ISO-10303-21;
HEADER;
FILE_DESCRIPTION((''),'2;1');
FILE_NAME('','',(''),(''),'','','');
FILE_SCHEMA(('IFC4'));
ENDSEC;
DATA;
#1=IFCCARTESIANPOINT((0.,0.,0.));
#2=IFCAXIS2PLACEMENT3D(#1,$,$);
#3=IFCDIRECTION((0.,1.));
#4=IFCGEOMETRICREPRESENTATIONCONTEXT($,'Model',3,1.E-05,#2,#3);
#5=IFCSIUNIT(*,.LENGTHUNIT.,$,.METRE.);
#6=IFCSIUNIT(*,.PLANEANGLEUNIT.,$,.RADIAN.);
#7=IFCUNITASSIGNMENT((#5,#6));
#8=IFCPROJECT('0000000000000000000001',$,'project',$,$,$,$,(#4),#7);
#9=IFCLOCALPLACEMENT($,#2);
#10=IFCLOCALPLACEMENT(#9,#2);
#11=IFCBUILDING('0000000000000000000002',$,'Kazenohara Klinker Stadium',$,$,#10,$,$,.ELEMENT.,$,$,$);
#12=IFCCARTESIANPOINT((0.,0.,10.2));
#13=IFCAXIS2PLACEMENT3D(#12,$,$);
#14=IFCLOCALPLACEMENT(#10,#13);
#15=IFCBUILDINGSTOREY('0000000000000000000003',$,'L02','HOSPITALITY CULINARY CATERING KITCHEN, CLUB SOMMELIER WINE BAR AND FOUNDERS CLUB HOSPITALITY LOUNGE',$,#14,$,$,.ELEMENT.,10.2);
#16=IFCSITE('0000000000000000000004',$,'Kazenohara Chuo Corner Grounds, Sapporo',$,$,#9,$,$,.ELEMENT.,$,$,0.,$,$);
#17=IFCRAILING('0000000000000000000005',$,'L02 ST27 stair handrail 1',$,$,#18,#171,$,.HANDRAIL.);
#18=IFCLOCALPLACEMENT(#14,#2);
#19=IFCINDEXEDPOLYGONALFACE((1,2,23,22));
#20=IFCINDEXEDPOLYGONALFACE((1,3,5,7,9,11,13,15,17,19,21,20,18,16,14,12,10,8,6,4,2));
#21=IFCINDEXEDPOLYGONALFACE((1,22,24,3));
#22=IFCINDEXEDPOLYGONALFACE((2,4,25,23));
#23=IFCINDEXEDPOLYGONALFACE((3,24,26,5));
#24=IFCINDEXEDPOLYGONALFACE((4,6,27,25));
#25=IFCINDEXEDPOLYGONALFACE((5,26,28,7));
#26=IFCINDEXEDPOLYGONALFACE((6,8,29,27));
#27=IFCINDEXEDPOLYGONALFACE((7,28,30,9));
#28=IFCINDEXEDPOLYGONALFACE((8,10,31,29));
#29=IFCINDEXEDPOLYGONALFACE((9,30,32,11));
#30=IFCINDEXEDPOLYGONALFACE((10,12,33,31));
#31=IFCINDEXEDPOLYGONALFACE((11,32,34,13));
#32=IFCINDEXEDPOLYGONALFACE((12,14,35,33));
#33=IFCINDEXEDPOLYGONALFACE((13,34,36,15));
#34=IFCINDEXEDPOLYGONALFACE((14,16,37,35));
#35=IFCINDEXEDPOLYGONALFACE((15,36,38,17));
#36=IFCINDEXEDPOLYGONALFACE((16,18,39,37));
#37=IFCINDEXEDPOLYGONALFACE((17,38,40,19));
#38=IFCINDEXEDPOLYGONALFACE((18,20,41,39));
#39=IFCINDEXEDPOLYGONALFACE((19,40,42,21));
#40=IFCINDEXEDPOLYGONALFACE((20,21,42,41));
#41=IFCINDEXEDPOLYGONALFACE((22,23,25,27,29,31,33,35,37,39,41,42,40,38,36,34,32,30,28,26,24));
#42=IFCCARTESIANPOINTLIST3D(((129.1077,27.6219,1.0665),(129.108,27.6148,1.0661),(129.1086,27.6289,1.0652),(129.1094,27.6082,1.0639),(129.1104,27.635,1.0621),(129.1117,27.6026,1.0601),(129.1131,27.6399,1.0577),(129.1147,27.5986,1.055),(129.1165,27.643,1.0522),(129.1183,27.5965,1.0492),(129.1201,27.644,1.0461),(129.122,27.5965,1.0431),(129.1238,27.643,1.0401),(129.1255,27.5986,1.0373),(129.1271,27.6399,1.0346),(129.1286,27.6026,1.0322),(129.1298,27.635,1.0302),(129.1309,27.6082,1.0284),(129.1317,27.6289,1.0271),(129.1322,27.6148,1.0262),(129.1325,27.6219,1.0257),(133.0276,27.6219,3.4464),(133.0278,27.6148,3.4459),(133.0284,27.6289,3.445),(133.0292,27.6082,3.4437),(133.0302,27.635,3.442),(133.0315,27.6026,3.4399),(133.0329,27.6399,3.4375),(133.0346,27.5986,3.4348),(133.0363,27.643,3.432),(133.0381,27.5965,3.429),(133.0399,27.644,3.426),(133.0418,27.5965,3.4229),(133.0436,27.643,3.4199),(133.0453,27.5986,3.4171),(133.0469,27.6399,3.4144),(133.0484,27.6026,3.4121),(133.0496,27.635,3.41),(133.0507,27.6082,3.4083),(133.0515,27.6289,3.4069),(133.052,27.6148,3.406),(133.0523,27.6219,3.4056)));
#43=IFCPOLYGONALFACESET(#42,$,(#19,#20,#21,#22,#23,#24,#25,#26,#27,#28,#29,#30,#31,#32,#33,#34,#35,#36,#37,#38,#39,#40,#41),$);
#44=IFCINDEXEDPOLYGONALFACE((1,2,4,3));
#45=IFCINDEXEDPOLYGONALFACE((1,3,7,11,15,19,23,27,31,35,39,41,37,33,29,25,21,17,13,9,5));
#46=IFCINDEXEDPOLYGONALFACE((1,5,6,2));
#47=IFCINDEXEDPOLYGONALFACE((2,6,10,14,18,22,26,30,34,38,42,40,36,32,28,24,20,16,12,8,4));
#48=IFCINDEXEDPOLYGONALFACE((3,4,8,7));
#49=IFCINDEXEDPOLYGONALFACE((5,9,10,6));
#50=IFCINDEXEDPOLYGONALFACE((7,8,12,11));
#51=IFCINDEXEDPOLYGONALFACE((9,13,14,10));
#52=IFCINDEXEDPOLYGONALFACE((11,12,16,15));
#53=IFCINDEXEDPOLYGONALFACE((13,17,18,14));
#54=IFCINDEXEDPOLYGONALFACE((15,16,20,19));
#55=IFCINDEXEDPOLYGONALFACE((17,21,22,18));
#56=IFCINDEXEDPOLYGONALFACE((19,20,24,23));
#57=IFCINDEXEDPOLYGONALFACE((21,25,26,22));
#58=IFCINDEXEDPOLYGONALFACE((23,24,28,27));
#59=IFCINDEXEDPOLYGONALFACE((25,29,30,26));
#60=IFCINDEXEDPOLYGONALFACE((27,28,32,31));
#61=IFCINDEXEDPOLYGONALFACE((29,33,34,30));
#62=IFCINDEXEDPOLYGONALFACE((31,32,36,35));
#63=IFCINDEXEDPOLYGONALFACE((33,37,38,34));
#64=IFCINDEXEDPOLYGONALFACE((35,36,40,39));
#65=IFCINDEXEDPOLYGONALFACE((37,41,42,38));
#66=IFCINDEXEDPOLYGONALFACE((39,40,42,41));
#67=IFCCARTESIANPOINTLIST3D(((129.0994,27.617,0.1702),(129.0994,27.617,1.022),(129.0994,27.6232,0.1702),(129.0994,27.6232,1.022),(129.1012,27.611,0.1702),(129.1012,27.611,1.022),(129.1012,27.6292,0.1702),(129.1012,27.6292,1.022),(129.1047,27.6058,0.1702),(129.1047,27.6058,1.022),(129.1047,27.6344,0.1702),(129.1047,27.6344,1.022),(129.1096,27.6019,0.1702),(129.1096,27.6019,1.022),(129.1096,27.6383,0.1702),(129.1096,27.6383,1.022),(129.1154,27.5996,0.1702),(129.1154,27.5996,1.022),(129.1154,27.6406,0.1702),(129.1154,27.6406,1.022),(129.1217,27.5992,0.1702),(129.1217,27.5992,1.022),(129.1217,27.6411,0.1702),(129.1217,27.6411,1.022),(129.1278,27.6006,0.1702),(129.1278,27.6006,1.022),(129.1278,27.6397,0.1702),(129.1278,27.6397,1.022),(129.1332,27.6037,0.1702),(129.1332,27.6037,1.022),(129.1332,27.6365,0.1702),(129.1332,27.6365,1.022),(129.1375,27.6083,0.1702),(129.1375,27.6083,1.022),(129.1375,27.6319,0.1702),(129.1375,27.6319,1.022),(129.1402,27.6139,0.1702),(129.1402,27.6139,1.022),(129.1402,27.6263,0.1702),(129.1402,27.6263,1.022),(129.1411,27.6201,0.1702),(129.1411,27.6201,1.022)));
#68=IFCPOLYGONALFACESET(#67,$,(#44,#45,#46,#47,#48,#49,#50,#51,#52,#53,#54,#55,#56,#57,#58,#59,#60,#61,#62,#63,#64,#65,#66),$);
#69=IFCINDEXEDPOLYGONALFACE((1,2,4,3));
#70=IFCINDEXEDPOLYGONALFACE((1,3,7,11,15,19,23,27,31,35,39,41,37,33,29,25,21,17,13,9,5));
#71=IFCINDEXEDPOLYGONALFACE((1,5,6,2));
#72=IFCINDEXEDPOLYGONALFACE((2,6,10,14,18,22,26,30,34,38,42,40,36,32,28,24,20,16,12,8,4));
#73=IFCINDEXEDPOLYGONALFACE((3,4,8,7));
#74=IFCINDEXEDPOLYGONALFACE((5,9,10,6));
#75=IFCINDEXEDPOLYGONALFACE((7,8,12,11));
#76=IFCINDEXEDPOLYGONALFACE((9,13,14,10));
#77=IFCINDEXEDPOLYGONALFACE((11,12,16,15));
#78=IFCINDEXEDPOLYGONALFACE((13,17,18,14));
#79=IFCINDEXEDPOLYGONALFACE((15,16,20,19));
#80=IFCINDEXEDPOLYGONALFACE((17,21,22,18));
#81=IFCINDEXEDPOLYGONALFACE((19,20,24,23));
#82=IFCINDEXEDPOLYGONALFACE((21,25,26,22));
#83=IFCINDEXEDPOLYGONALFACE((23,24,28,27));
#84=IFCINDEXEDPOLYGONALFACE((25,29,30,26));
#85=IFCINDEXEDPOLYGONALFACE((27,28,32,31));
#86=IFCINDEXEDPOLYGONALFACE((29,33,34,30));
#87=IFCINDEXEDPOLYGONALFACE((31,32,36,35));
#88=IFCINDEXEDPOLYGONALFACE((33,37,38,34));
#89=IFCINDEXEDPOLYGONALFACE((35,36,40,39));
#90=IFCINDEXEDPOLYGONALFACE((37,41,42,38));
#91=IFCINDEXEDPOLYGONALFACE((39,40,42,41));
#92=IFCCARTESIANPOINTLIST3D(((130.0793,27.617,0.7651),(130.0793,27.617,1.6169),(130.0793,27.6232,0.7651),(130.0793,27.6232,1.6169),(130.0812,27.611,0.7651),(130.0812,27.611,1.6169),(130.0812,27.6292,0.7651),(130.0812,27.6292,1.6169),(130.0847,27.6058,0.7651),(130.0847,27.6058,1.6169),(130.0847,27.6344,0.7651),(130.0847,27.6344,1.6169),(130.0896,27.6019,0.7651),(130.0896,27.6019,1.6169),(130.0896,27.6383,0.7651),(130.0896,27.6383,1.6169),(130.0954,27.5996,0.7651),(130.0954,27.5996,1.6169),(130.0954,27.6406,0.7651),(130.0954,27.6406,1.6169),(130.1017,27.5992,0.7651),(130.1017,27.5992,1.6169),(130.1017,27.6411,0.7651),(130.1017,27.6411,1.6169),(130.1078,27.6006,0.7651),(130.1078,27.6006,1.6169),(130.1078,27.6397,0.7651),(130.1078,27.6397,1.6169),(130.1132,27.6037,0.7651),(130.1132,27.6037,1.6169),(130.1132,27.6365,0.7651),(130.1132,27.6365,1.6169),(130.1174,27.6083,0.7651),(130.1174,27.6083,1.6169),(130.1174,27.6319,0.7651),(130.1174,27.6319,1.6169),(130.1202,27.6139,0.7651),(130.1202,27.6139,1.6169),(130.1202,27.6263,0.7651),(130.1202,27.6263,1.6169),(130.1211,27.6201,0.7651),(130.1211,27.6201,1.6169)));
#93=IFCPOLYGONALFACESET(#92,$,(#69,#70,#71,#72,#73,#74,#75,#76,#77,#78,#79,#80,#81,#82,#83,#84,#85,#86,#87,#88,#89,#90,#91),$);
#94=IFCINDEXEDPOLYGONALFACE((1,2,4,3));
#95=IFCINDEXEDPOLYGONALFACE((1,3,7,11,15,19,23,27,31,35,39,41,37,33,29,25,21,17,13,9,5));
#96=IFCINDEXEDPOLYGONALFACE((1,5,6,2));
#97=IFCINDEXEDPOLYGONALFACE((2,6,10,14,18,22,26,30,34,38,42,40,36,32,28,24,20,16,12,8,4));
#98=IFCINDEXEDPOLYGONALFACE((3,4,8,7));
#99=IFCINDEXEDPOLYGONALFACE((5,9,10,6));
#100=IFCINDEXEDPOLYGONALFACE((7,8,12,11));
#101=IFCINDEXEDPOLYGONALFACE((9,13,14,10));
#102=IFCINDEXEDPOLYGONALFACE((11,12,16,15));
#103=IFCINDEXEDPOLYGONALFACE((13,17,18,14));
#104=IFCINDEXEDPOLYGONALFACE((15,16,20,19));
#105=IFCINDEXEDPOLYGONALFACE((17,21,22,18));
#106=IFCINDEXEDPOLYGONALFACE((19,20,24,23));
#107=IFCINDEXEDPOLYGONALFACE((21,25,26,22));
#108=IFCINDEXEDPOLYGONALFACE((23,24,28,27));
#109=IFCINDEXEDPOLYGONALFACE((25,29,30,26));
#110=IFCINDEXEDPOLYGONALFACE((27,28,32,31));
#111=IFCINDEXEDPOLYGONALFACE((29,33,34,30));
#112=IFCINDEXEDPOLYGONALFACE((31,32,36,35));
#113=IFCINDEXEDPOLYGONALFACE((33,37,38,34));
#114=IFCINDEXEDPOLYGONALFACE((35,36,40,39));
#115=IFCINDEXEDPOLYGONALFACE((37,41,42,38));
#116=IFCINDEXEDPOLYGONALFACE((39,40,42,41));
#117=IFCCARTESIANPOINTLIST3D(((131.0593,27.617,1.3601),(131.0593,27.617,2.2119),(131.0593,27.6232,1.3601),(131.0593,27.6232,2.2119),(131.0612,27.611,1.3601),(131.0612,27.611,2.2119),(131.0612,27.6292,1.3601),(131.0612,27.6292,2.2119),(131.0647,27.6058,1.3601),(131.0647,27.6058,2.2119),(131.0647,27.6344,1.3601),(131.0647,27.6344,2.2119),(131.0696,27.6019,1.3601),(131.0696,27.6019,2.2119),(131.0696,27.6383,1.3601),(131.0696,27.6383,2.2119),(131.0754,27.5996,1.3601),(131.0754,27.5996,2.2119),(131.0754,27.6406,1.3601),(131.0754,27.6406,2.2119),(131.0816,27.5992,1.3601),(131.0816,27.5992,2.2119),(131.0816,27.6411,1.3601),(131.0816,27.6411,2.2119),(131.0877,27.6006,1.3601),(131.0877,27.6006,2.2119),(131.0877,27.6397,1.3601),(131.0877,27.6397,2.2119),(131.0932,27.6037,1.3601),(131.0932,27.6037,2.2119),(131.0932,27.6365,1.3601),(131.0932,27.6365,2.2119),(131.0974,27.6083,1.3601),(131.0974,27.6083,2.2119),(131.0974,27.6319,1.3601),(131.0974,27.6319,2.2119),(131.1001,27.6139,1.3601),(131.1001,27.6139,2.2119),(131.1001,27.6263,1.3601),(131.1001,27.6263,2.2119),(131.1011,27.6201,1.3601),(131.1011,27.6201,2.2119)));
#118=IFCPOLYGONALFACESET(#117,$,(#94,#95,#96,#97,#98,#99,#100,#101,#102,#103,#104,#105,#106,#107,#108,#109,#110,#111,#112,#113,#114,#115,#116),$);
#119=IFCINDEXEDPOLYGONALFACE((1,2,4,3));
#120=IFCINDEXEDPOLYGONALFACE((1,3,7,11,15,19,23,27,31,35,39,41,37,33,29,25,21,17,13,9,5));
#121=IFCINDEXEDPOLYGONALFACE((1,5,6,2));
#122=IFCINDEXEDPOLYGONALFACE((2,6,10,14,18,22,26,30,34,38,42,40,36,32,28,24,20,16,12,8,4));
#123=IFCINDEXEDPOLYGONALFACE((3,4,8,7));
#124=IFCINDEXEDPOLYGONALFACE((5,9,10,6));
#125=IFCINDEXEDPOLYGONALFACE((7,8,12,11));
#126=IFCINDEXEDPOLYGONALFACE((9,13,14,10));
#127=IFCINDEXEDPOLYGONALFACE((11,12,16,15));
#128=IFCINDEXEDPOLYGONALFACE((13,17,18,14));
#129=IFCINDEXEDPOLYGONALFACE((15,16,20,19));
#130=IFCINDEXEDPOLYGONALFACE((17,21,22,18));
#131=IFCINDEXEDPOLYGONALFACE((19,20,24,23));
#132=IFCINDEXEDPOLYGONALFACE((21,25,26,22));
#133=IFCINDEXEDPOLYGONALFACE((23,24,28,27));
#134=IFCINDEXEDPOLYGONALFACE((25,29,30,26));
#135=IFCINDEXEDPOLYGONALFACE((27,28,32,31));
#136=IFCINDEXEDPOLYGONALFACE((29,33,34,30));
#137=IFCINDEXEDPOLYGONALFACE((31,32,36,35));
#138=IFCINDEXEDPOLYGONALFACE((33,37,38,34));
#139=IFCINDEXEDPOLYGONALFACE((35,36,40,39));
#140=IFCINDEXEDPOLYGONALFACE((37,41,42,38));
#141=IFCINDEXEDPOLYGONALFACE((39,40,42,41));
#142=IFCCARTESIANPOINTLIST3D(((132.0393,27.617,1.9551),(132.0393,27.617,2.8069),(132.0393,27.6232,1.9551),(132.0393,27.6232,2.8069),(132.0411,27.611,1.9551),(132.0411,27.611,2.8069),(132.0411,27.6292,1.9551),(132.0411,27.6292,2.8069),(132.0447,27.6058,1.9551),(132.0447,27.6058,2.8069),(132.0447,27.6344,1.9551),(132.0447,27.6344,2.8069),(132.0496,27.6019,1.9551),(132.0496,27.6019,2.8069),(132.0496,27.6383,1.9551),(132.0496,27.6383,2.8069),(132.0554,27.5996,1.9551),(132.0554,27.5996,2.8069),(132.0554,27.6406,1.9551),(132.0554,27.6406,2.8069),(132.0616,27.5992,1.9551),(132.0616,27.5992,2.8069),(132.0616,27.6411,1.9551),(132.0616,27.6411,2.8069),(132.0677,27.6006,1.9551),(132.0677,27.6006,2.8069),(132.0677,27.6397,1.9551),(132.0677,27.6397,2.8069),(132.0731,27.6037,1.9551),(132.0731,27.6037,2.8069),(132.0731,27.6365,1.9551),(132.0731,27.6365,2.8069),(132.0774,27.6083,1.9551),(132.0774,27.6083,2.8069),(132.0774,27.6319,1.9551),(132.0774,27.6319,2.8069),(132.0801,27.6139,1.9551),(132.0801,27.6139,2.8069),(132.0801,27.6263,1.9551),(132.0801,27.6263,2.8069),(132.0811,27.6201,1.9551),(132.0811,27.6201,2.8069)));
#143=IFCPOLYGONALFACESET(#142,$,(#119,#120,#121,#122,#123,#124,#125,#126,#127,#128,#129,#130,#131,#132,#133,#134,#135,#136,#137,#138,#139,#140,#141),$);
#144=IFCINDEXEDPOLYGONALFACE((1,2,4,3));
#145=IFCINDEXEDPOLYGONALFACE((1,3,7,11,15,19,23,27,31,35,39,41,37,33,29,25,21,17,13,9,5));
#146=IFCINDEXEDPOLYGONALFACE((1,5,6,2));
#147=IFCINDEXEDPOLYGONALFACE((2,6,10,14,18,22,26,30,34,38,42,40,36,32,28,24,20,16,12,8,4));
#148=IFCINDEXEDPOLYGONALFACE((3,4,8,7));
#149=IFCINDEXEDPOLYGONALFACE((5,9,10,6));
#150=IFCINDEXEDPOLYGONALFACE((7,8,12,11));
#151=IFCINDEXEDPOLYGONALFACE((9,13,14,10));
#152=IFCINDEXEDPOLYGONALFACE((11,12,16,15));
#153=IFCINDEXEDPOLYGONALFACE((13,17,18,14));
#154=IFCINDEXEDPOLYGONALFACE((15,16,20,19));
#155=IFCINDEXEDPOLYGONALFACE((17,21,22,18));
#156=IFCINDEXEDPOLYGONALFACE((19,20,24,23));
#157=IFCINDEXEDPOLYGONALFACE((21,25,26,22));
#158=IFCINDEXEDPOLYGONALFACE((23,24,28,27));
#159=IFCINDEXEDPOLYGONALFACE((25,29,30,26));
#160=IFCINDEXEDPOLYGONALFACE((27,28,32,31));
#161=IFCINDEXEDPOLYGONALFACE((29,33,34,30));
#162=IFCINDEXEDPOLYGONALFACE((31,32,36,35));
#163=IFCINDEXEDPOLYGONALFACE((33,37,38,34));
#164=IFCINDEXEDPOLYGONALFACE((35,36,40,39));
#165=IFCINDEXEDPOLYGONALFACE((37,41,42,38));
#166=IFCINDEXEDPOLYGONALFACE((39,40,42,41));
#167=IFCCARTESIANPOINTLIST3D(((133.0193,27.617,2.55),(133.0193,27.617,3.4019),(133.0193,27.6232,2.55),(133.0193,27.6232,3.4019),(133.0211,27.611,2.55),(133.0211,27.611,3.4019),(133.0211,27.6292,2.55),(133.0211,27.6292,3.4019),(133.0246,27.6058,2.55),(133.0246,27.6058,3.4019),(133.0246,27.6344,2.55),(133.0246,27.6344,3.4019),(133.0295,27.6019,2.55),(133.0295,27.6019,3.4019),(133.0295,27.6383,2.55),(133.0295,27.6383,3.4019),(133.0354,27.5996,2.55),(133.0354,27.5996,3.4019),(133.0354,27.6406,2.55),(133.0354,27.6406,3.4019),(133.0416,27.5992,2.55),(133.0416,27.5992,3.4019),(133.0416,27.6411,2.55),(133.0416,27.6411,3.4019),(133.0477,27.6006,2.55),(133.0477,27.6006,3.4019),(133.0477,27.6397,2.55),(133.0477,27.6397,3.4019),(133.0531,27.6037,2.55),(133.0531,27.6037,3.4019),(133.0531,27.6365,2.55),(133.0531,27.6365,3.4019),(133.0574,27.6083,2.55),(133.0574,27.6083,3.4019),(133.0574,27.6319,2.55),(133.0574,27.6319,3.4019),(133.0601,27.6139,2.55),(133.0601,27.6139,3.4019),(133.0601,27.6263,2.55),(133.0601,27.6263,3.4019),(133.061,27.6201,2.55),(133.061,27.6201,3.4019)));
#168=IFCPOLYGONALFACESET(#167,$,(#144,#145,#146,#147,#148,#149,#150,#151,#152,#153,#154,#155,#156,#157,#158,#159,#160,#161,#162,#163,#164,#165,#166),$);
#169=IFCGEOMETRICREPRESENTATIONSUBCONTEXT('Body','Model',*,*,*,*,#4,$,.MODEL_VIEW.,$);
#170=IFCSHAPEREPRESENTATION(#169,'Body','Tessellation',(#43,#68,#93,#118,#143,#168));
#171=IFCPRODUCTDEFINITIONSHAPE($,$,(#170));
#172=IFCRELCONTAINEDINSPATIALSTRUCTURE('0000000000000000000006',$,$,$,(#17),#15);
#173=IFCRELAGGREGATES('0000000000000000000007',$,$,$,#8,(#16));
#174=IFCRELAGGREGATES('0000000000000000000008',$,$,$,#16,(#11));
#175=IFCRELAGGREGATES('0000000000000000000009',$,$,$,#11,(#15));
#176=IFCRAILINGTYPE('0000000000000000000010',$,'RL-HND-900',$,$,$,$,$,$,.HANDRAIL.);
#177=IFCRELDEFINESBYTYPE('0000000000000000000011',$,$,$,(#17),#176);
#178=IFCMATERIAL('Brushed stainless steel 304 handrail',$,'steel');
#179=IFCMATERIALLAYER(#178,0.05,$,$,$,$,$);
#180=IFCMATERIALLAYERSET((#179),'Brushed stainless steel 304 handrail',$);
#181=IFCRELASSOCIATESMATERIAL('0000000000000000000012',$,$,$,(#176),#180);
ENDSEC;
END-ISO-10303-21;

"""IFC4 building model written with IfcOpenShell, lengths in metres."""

from ifc_helpers import new_model, si_unit, direction, frame, origin, origin_2d, place, context, subcontext, project, spatial, circle, extrude, material, layer, layer_set, type_object, element, save


model = new_model("IFC4")

# Units and contexts
model_context = context("Model", 3, precision=1e-05, world=origin(), true_north=direction((0.0, 1.0)))
body_context = subcontext(model_context, "Body", "Model", "MODEL_VIEW")
ifc_project = project(units=[si_unit("LENGTHUNIT", "METRE"), si_unit("PLANEANGLEUNIT", "RADIAN")], contexts=[model_context])

# Site, building, storey
site_placement = place(None, origin())
site = spatial("IfcSite", under=ifc_project, at=site_placement, Name="Kazenohara Chuo Corner Grounds, Sapporo", CompositionType="ELEMENT", RefElevation=0.0)
building_placement = place(site_placement, origin())
building = spatial("IfcBuilding", under=site, at=building_placement, Name="Kazenohara Klinker Stadium", CompositionType="ELEMENT")
storey_placement = place(building_placement, frame((0.0, 0.0, 10.2)))
storey = spatial("IfcBuildingStorey", under=building, at=storey_placement, Name="L02", Description="HOSPITALITY CULINARY CATERING KITCHEN, CLUB SOMMELIER WINE BAR AND FOUNDERS CLUB HOSPITALITY LOUNGE", CompositionType="ELEMENT", Elevation=10.2)

# Railing
ifc_material_1 = material(Name="Brushed stainless steel 304 handrail", Category="steel")
ifc_layer_1 = layer(ifc_material_1, 0.05)
ifc_layer_set_1 = layer_set([ifc_layer_1], Name="Brushed stainless steel 304 handrail")
railing_type_1 = type_object("IfcRailingType", Name="RL-HND-900", PredefinedType="HANDRAIL", material=ifc_layer_set_1)
railing_1_placement = place(storey_placement, frame((129.1201, 27.6201, 0.1702)))
element("IfcRailing", 1, at=railing_1_placement, inside=storey, type_object=railing_type_1, Name="L02 ST27 stair handrail 1", PredefinedType="HANDRAIL", context=body_context, shape_type="SweptSolid", body=[
    extrude(circle(Radius=0.0239, at=origin_2d()), frame((0.0, 0.0, 0.876), z_axis=(0.854794, 0.0, 0.518967), x_axis=(0.0, 1.0, 0.0)), (0.0, 0.0, 1.0), 4.5857),
    extrude(circle(Radius=0.021, at=origin_2d()), origin(), (0.0, 0.0, 1.0), 0.8518),
    extrude(circle(Radius=0.021, at=origin_2d()), frame((0.98, 0.0, 0.595)), (0.0, 0.0, 1.0), 0.8518),
    extrude(circle(Radius=0.021, at=origin_2d()), frame((1.96, 0.0, 1.1899)), (0.0, 0.0, 1.0), 0.8518),
    extrude(circle(Radius=0.021, at=origin_2d()), frame((2.9399, 0.0, 1.7849)), (0.0, 0.0, 1.0), 0.8518),
    extrude(circle(Radius=0.021, at=origin_2d()), frame((3.9199, 0.0, 2.3799)), (0.0, 0.0, 1.0), 0.8518),
])

save(model, "model.ifc")
